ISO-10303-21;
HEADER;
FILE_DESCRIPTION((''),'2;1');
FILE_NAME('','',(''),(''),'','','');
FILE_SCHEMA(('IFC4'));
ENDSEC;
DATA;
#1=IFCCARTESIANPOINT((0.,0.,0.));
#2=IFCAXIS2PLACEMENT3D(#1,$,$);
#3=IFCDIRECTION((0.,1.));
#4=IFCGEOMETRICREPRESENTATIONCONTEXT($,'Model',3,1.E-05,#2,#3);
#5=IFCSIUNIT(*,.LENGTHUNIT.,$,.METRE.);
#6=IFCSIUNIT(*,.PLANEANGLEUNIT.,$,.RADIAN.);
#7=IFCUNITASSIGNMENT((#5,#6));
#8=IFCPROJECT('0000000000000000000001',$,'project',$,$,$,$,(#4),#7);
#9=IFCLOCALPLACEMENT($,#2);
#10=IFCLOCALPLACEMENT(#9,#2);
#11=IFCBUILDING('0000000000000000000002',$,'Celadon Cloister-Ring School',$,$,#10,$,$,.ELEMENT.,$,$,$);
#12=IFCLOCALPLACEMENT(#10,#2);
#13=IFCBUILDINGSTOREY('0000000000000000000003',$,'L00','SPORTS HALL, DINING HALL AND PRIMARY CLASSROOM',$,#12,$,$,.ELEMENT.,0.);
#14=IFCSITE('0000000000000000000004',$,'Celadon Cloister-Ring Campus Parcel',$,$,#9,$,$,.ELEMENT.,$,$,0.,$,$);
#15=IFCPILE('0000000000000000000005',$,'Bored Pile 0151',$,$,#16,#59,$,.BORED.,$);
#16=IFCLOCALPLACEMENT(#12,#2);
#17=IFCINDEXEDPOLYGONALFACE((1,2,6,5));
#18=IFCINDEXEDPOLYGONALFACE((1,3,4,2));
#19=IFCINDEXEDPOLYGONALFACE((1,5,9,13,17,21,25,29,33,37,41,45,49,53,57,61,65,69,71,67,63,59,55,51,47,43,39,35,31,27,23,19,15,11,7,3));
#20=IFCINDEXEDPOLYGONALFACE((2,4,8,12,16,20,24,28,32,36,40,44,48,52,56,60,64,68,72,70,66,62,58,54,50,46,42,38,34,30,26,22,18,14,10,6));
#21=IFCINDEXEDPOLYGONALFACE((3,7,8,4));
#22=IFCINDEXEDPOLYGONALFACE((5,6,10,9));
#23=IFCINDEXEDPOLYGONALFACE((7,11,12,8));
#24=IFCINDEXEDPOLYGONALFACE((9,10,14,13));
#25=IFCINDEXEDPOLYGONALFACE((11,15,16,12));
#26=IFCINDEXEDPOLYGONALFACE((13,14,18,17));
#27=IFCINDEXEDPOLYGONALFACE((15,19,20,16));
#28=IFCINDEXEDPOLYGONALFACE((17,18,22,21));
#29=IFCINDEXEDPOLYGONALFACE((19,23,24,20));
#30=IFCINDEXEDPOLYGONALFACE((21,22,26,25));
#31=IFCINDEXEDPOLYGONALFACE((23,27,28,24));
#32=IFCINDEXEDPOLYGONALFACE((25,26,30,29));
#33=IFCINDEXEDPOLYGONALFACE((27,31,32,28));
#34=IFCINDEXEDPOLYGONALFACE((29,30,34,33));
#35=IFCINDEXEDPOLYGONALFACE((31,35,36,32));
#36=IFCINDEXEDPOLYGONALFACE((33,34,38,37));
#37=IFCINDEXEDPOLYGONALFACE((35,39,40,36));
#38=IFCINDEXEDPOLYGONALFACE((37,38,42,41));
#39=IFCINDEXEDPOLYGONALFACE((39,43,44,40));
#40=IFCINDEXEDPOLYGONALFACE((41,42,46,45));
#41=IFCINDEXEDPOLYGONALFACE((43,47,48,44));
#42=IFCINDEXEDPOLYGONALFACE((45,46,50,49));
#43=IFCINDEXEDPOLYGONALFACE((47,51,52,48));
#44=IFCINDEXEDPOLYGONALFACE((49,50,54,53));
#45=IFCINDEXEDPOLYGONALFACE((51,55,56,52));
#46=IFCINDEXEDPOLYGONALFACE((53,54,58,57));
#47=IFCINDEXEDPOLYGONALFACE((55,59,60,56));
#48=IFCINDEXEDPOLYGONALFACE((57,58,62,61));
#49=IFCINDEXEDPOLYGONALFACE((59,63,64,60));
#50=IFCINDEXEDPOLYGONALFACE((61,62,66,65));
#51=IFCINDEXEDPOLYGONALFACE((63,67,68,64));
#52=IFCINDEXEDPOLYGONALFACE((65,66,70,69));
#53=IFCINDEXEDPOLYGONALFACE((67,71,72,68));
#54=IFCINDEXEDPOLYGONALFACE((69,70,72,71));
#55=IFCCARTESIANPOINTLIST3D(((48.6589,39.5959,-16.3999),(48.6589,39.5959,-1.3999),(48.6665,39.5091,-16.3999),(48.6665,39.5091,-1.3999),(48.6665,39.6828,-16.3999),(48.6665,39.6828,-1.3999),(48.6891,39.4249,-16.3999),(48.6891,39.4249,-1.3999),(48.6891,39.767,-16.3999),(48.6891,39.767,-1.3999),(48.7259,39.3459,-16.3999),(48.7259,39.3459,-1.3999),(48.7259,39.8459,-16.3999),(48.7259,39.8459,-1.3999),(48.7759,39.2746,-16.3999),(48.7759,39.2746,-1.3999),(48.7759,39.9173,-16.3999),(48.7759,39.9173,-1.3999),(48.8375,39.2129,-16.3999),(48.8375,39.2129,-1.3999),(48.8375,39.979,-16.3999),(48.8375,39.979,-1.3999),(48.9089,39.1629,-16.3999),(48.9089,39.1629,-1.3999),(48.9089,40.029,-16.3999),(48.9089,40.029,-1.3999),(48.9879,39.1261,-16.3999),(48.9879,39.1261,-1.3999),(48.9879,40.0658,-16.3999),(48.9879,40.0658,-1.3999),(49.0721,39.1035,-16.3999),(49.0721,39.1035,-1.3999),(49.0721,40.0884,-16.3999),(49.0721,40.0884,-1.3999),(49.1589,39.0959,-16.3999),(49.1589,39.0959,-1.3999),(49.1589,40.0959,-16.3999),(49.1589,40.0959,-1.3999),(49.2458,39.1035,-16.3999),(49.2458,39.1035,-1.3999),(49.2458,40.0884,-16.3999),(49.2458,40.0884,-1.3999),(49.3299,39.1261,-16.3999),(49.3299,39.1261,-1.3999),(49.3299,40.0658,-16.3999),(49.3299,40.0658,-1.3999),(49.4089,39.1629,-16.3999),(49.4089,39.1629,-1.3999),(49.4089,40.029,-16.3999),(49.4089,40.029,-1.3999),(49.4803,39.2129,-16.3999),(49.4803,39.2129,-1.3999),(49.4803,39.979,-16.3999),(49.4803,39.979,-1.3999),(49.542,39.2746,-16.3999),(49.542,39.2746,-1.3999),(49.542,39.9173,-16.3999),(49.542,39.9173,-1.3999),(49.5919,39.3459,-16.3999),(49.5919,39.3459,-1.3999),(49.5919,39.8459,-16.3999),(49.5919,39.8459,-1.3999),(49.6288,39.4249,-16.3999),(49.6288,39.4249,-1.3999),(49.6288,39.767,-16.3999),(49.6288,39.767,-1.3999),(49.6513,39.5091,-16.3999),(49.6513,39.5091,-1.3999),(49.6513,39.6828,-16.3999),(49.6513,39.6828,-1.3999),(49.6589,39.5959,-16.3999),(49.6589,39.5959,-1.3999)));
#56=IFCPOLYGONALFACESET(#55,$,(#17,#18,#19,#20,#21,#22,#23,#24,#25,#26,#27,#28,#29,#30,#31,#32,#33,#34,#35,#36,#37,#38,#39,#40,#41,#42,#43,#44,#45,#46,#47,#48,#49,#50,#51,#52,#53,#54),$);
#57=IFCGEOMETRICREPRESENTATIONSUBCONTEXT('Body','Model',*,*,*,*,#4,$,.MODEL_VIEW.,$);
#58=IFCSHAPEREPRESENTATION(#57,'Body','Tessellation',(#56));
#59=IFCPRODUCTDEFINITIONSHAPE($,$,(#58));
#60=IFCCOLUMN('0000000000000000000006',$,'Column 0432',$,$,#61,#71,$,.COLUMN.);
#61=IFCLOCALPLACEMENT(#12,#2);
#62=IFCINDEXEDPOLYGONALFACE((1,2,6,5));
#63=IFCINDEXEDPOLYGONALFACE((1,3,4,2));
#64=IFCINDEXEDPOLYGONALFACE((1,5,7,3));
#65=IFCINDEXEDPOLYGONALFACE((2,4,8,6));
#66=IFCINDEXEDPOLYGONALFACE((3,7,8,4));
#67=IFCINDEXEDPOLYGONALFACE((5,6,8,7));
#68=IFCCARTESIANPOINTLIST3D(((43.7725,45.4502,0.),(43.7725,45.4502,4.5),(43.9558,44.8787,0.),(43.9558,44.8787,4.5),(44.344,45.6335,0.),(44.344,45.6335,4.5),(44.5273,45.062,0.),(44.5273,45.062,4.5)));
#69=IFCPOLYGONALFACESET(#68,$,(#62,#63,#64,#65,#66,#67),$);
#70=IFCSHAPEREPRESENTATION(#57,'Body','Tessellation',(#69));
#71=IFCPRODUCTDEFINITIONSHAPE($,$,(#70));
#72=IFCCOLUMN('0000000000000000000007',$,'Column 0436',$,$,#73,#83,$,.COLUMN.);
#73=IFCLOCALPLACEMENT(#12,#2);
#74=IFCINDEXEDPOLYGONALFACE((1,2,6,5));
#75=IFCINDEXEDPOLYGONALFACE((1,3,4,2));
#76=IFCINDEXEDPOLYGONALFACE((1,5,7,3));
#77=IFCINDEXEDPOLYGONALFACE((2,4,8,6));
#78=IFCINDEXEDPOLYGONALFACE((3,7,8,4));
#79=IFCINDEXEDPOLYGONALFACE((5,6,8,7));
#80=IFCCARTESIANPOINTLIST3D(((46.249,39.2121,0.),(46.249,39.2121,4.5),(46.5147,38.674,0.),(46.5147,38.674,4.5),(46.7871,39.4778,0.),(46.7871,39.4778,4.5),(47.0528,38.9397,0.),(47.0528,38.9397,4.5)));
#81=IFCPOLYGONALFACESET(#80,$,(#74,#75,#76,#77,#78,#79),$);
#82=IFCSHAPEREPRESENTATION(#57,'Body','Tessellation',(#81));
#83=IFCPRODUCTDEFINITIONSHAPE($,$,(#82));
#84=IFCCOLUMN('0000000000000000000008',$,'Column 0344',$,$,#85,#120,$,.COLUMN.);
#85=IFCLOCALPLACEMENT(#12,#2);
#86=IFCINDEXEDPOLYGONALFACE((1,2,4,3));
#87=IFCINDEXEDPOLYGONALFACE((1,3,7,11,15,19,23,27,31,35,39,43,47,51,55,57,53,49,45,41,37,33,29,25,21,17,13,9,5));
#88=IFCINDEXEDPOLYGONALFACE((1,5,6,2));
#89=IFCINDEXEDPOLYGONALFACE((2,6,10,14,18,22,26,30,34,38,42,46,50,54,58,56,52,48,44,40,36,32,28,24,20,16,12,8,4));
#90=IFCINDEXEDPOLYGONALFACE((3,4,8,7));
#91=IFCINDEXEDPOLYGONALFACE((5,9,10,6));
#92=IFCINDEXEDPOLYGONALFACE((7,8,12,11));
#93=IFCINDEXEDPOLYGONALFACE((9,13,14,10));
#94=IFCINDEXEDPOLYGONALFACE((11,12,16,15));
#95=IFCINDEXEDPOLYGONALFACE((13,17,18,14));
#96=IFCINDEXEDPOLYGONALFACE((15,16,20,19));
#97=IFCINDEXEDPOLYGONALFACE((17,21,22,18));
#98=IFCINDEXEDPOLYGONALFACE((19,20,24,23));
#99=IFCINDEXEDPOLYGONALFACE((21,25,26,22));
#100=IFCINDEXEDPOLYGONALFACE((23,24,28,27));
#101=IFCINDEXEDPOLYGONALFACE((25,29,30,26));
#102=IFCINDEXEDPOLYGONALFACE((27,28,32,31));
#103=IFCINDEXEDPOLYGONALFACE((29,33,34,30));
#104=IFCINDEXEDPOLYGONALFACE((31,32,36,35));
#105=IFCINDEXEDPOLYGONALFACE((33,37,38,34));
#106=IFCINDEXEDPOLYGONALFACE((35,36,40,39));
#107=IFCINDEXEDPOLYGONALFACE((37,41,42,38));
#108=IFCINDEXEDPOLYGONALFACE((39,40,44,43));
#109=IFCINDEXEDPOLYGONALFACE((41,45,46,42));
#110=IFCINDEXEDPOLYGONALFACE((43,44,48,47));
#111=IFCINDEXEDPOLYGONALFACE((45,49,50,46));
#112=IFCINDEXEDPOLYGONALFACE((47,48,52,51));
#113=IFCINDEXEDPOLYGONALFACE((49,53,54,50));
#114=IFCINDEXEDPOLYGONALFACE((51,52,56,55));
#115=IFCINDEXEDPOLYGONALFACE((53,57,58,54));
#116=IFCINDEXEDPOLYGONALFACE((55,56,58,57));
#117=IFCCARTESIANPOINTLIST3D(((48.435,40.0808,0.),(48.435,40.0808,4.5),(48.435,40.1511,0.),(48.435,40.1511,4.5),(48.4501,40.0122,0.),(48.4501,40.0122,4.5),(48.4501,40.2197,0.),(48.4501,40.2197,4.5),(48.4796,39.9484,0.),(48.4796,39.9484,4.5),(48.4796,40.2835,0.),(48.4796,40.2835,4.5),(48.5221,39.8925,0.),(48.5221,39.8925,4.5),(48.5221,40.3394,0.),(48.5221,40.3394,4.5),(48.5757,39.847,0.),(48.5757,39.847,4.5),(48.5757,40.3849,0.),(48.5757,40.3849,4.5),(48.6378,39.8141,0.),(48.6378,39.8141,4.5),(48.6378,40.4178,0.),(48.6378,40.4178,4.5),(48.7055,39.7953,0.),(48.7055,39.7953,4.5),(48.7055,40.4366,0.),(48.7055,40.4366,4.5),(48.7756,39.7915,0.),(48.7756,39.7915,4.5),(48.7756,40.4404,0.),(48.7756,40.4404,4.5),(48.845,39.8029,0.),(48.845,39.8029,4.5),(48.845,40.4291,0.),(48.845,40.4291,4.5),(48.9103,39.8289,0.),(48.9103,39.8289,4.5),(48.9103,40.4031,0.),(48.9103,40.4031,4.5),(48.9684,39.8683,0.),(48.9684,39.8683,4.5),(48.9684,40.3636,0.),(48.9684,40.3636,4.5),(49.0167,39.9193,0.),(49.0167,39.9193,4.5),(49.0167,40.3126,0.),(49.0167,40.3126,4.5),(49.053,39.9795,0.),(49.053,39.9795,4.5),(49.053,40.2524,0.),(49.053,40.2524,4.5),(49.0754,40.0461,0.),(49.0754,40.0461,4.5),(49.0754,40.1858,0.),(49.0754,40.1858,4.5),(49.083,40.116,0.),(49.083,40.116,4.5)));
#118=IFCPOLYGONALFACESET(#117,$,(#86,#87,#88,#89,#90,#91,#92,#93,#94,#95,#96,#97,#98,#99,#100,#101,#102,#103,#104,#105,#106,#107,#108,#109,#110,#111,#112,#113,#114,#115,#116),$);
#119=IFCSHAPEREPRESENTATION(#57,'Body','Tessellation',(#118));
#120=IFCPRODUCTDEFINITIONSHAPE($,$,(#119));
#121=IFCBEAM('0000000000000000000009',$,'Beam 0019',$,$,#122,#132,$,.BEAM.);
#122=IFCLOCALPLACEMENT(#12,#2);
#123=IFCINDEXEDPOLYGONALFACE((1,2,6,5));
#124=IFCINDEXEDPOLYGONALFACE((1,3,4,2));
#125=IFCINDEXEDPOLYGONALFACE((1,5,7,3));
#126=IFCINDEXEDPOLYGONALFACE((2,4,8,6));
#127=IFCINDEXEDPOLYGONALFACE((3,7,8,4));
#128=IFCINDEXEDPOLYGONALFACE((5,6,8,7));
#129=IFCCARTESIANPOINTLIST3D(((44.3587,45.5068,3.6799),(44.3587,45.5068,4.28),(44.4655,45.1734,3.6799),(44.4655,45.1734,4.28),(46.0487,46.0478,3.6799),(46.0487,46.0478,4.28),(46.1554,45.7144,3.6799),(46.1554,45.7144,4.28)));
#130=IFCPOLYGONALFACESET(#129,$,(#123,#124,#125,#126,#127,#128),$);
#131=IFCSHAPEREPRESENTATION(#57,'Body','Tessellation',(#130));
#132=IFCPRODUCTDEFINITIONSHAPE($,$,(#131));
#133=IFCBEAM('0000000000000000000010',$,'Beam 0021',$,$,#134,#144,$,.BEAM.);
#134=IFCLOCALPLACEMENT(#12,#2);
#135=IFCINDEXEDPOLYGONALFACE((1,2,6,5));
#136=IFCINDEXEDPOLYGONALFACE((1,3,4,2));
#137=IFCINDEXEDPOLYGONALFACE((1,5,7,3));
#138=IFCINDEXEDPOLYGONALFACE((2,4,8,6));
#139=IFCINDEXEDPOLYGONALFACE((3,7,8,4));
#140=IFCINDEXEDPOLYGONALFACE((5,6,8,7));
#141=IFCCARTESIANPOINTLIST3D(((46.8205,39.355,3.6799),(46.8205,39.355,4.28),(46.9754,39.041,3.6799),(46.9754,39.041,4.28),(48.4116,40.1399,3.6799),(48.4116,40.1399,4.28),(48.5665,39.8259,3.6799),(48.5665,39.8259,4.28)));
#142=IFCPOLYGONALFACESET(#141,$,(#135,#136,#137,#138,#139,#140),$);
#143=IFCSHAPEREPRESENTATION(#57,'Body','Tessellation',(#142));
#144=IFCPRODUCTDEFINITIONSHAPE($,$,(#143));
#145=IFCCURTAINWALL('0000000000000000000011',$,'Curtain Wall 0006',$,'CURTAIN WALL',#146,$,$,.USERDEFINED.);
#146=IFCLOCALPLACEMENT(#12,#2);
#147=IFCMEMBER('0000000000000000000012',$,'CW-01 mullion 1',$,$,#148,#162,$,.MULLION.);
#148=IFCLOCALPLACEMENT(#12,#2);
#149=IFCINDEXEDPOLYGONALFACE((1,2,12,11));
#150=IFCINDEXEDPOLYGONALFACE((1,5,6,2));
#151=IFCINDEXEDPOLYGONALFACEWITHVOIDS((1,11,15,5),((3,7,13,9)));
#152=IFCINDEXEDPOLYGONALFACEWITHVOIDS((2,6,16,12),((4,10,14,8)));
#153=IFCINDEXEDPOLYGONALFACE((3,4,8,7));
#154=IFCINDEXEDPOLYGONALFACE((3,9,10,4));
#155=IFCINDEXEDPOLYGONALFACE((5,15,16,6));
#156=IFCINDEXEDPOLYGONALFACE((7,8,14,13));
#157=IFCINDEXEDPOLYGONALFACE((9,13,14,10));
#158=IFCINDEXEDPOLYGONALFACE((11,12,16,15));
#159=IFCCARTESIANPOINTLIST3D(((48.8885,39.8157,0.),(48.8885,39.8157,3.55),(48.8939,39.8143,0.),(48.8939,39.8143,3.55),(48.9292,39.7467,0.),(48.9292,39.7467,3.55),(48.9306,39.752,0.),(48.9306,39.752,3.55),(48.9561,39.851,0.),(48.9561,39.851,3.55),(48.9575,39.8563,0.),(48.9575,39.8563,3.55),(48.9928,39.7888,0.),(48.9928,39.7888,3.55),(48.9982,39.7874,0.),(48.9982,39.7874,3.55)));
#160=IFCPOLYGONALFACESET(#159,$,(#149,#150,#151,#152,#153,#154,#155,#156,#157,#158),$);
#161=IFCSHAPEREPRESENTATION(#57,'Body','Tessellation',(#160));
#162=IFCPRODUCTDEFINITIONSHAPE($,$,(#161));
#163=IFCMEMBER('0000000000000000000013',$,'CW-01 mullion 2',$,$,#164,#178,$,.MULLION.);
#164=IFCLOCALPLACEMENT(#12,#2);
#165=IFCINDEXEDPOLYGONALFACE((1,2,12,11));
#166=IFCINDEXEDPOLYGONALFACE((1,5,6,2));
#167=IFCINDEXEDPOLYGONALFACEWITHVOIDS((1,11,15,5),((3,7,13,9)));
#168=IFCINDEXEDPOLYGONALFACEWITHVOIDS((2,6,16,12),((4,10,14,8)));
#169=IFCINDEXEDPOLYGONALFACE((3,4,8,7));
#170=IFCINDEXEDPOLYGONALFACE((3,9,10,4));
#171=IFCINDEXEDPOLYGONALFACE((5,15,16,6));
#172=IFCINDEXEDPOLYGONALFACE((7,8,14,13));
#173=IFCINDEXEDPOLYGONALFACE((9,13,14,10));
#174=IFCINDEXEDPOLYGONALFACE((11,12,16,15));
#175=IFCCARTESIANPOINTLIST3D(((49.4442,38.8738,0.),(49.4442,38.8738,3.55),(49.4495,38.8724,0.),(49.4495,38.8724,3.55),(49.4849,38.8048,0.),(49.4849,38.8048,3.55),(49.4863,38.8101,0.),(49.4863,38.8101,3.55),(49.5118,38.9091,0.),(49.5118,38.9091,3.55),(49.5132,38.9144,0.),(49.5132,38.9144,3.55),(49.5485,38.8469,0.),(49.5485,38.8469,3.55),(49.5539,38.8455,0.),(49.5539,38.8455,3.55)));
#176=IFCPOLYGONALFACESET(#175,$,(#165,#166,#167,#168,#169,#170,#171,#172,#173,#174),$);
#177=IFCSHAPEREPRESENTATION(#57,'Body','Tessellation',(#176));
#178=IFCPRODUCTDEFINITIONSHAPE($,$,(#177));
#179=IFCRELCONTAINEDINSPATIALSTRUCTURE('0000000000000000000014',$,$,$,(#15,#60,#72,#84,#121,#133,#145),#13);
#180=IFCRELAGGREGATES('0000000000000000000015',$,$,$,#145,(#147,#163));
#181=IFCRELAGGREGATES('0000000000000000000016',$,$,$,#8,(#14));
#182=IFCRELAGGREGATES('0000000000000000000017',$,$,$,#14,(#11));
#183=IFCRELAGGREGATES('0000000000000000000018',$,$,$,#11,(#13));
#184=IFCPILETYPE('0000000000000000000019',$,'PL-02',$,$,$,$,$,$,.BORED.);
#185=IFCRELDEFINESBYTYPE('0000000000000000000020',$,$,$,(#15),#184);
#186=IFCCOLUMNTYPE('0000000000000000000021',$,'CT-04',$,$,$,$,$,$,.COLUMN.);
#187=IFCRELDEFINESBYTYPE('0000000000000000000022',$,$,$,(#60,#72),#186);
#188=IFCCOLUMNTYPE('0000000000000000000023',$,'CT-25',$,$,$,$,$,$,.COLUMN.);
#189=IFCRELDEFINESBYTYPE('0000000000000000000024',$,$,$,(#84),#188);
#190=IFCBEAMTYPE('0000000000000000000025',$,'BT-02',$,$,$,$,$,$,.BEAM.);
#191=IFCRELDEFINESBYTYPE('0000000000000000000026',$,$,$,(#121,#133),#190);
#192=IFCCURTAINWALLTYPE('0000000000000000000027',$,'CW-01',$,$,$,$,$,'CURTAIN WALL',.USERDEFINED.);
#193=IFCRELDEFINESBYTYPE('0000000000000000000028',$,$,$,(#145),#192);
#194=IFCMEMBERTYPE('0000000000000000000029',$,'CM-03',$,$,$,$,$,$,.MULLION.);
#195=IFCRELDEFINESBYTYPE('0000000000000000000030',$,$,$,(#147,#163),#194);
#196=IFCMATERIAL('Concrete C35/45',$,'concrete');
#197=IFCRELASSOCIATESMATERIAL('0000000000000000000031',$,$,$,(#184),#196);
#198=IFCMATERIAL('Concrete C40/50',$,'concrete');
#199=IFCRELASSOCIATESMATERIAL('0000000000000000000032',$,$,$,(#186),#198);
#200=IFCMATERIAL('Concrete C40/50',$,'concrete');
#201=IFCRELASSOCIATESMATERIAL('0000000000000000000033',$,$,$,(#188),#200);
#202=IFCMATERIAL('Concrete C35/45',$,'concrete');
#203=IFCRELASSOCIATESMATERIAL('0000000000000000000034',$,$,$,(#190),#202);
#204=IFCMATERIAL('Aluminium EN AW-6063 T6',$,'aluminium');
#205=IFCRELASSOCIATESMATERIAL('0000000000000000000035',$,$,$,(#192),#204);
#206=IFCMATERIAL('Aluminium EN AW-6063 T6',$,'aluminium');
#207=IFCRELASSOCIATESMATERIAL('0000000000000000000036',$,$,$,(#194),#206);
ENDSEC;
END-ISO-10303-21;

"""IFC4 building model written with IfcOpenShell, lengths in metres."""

from ifc_helpers import new_model, si_unit, direction, frame, origin, origin_2d, place, context, subcontext, project, spatial, rectangle, hollow_rectangle, circle, extrude, material, material_profile, profile_set, type_object, element, aggregate, save


model = new_model("IFC4")

# Units and contexts
model_context = context("Model", 3, precision=1e-05, world=origin(), true_north=direction((0.0, 1.0)))
body_context = subcontext(model_context, "Body", "Model", "MODEL_VIEW")
ifc_project = project(units=[si_unit("LENGTHUNIT", "METRE"), si_unit("PLANEANGLEUNIT", "RADIAN")], contexts=[model_context])

# Site, building, storey
site_placement = place(None, origin())
site = spatial("IfcSite", under=ifc_project, at=site_placement, Name="Celadon Cloister-Ring Campus Parcel", CompositionType="ELEMENT", RefElevation=0.0)
building_placement = place(site_placement, origin())
building = spatial("IfcBuilding", under=site, at=building_placement, Name="Celadon Cloister-Ring School", CompositionType="ELEMENT")
storey_placement = place(building_placement, origin())
storey = spatial("IfcBuildingStorey", under=building, at=storey_placement, Name="L00", Description="SPORTS HALL, DINING HALL AND PRIMARY CLASSROOM", CompositionType="ELEMENT", Elevation=0.0)

# Pile
ifc_material_1 = material(Name="Concrete C35/45", Category="concrete")
ifc_material_profile_1 = material_profile(ifc_material_1, circle(Radius=0.5, at=origin_2d()), Name="PILE1000")
ifc_profile_set_1 = profile_set([ifc_material_profile_1], Name="Concrete C35/45")
pile_type = type_object("IfcPileType", Name="PL-02", PredefinedType="BORED", material=ifc_profile_set_1)
for number, where, z_axis, x_axis, name in (
    (1, (49.1589, 39.5959, -1.3999), (0.0, 0.0, -1.0), (1.0, 0.0, 0.0), "Bored Pile 0151"),
):
    element("IfcPile", number, at=place(storey_placement, frame(where, z_axis=z_axis, x_axis=x_axis)), inside=storey, type_object=pile_type, Name=name, PredefinedType="BORED", context=body_context, shape_type="SweptSolid", body=[
        extrude(circle(Radius=0.5, at=origin_2d()), origin(), (0.0, 0.0, 1.0), 15.0),
    ])

# Columns
ifc_material_2 = material(Name="Concrete C40/50", Category="concrete")
ifc_material_profile_2 = material_profile(ifc_material_2, rectangle(XDim=0.6001, YDim=0.6001, at=origin_2d()), Name="RC600X600")
ifc_profile_set_2 = profile_set([ifc_material_profile_2], Name="Concrete C40/50")
column_type_1 = type_object("IfcColumnType", Name="CT-04", PredefinedType="COLUMN", material=ifc_profile_set_2)
for number, where, z_axis, x_axis, name in (
    (2, (44.1499, 45.2561, 0.0), (0.0, 0.0, 1.0), (-0.952215, -0.305429, 0.0), "Column 0432"),
    (3, (46.6509, 39.0759, 0.0), (0.0, 0.0, 1.0), (-0.896641, -0.442758, 0.0), "Column 0436"),
):
    element("IfcColumn", number, at=place(storey_placement, frame(where, z_axis=z_axis, x_axis=x_axis)), inside=storey, type_object=column_type_1, Name=name, PredefinedType="COLUMN", context=body_context, shape_type="SweptSolid", body=[
        extrude(rectangle(XDim=0.6001, YDim=0.6001, at=origin_2d()), origin(), (0.0, 0.0, 1.0), 4.5),
    ])
ifc_material_3 = material(Name="Concrete C40/50", Category="concrete")
ifc_material_profile_3 = material_profile(ifc_material_3, circle(Radius=0.325, at=origin_2d()), Name="CIRC650")
ifc_profile_set_3 = profile_set([ifc_material_profile_3], Name="Concrete C40/50")
column_type_2 = type_object("IfcColumnType", Name="CT-25", PredefinedType="COLUMN", material=ifc_profile_set_3)
column_placement = place(storey_placement, frame((48.7581, 40.116, 0.0), z_axis=(0.0, 0.0, 1.0), x_axis=(1.0, 0.0, 0.0)))
element("IfcColumn", 4, at=column_placement, inside=storey, type_object=column_type_2, Name="Column 0344", PredefinedType="COLUMN", context=body_context, shape_type="SweptSolid", body=[
    extrude(circle(Radius=0.325, at=origin_2d()), origin(), (0.0, 0.0, 1.0), 4.5),
])

# Beams
ifc_material_4 = material(Name="Concrete C35/45", Category="concrete")
ifc_material_profile_4 = material_profile(ifc_material_4, rectangle(XDim=0.3501, YDim=0.6001, at=origin_2d()), Name="RC350X600")
ifc_profile_set_4 = profile_set([ifc_material_profile_4], Name="Concrete C35/45")
beam_type_1 = type_object("IfcBeamType", Name="BT-02", PredefinedType="BEAM", material=ifc_profile_set_4)
beam_1_placement = place(storey_placement, frame((44.4121, 45.3401, 3.98), z_axis=(0.952386, 0.304896, 0.0), x_axis=(-0.304896, 0.952386, 0.0)))
element("IfcBeam", 5, at=beam_1_placement, inside=storey, type_object=beam_type_1, Name="Beam 0019", PredefinedType="BEAM", context=body_context, shape_type="SweptSolid", body=[
    extrude(rectangle(XDim=0.3501, YDim=0.6001, at=origin_2d()), origin(), (0.0, 0.0, 1.0), 1.7744),
])
beam_2_placement = place(storey_placement, frame((46.8979, 39.198, 3.98), z_axis=(0.896809, 0.442418, 0.0), x_axis=(-0.442418, 0.896809, 0.0)))
element("IfcBeam", 6, at=beam_2_placement, inside=storey, type_object=beam_type_1, Name="Beam 0021", PredefinedType="BEAM", context=body_context, shape_type="SweptSolid", body=[
    extrude(rectangle(XDim=0.3501, YDim=0.6001, at=origin_2d()), origin(), (0.0, 0.0, 1.0), 1.7742),
])

# Curtain wall, members
ifc_material_5 = material(Name="Aluminium EN AW-6063 T6", Category="aluminium")
curtain_wall_type = type_object("IfcCurtainWallType", Name="CW-01", ElementType="CURTAIN WALL", PredefinedType="USERDEFINED", material=ifc_material_5)
curtain_wall_placement = place(storey_placement, origin())
curtain_wall = element("IfcCurtainWall", 7, at=curtain_wall_placement, inside=storey, type_object=curtain_wall_type, Name="Curtain Wall 0006", ObjectType="CURTAIN WALL", PredefinedType="USERDEFINED")
ifc_material_6 = material(Name="Aluminium EN AW-6063 T6", Category="aluminium")
ifc_material_profile_5 = material_profile(ifc_material_6, hollow_rectangle(XDim=0.0801, YDim=0.0801, WallThickness=0.0039, at=origin_2d()), Name="RHS80X80X4")
ifc_profile_set_5 = profile_set([ifc_material_profile_5], Name="Aluminium EN AW-6063 T6")
member_type_1 = type_object("IfcMemberType", Name="CM-03", PredefinedType="MULLION", material=ifc_profile_set_5)
member_1_placement = place(storey_placement, frame((48.9434, 39.8015, 0.0), z_axis=(0.0, 0.0, 1.0), x_axis=(0.861299, 0.508099, 0.0)))
member_1 = element("IfcMember", 8, at=member_1_placement, type_object=member_type_1, Name="CW-01 mullion 1", PredefinedType="MULLION", context=body_context, shape_type="SweptSolid", body=[
    extrude(hollow_rectangle(XDim=0.0801, YDim=0.0801, WallThickness=0.0039, at=origin_2d()), origin(), (0.0, 0.0, 1.0), 3.55),
])
member_2_placement = place(storey_placement, frame((49.499, 38.8596, 0.0), z_axis=(0.0, 0.0, 1.0), x_axis=(0.861299, 0.508099, 0.0)))
member_2 = element("IfcMember", 9, at=member_2_placement, type_object=member_type_1, Name="CW-01 mullion 2", PredefinedType="MULLION", context=body_context, shape_type="SweptSolid", body=[
    extrude(hollow_rectangle(XDim=0.0801, YDim=0.0801, WallThickness=0.0039, at=origin_2d()), origin(), (0.0, 0.0, 1.0), 3.55),
])

aggregate(curtain_wall, [member_1, member_2])

save(model, "model.ifc")
